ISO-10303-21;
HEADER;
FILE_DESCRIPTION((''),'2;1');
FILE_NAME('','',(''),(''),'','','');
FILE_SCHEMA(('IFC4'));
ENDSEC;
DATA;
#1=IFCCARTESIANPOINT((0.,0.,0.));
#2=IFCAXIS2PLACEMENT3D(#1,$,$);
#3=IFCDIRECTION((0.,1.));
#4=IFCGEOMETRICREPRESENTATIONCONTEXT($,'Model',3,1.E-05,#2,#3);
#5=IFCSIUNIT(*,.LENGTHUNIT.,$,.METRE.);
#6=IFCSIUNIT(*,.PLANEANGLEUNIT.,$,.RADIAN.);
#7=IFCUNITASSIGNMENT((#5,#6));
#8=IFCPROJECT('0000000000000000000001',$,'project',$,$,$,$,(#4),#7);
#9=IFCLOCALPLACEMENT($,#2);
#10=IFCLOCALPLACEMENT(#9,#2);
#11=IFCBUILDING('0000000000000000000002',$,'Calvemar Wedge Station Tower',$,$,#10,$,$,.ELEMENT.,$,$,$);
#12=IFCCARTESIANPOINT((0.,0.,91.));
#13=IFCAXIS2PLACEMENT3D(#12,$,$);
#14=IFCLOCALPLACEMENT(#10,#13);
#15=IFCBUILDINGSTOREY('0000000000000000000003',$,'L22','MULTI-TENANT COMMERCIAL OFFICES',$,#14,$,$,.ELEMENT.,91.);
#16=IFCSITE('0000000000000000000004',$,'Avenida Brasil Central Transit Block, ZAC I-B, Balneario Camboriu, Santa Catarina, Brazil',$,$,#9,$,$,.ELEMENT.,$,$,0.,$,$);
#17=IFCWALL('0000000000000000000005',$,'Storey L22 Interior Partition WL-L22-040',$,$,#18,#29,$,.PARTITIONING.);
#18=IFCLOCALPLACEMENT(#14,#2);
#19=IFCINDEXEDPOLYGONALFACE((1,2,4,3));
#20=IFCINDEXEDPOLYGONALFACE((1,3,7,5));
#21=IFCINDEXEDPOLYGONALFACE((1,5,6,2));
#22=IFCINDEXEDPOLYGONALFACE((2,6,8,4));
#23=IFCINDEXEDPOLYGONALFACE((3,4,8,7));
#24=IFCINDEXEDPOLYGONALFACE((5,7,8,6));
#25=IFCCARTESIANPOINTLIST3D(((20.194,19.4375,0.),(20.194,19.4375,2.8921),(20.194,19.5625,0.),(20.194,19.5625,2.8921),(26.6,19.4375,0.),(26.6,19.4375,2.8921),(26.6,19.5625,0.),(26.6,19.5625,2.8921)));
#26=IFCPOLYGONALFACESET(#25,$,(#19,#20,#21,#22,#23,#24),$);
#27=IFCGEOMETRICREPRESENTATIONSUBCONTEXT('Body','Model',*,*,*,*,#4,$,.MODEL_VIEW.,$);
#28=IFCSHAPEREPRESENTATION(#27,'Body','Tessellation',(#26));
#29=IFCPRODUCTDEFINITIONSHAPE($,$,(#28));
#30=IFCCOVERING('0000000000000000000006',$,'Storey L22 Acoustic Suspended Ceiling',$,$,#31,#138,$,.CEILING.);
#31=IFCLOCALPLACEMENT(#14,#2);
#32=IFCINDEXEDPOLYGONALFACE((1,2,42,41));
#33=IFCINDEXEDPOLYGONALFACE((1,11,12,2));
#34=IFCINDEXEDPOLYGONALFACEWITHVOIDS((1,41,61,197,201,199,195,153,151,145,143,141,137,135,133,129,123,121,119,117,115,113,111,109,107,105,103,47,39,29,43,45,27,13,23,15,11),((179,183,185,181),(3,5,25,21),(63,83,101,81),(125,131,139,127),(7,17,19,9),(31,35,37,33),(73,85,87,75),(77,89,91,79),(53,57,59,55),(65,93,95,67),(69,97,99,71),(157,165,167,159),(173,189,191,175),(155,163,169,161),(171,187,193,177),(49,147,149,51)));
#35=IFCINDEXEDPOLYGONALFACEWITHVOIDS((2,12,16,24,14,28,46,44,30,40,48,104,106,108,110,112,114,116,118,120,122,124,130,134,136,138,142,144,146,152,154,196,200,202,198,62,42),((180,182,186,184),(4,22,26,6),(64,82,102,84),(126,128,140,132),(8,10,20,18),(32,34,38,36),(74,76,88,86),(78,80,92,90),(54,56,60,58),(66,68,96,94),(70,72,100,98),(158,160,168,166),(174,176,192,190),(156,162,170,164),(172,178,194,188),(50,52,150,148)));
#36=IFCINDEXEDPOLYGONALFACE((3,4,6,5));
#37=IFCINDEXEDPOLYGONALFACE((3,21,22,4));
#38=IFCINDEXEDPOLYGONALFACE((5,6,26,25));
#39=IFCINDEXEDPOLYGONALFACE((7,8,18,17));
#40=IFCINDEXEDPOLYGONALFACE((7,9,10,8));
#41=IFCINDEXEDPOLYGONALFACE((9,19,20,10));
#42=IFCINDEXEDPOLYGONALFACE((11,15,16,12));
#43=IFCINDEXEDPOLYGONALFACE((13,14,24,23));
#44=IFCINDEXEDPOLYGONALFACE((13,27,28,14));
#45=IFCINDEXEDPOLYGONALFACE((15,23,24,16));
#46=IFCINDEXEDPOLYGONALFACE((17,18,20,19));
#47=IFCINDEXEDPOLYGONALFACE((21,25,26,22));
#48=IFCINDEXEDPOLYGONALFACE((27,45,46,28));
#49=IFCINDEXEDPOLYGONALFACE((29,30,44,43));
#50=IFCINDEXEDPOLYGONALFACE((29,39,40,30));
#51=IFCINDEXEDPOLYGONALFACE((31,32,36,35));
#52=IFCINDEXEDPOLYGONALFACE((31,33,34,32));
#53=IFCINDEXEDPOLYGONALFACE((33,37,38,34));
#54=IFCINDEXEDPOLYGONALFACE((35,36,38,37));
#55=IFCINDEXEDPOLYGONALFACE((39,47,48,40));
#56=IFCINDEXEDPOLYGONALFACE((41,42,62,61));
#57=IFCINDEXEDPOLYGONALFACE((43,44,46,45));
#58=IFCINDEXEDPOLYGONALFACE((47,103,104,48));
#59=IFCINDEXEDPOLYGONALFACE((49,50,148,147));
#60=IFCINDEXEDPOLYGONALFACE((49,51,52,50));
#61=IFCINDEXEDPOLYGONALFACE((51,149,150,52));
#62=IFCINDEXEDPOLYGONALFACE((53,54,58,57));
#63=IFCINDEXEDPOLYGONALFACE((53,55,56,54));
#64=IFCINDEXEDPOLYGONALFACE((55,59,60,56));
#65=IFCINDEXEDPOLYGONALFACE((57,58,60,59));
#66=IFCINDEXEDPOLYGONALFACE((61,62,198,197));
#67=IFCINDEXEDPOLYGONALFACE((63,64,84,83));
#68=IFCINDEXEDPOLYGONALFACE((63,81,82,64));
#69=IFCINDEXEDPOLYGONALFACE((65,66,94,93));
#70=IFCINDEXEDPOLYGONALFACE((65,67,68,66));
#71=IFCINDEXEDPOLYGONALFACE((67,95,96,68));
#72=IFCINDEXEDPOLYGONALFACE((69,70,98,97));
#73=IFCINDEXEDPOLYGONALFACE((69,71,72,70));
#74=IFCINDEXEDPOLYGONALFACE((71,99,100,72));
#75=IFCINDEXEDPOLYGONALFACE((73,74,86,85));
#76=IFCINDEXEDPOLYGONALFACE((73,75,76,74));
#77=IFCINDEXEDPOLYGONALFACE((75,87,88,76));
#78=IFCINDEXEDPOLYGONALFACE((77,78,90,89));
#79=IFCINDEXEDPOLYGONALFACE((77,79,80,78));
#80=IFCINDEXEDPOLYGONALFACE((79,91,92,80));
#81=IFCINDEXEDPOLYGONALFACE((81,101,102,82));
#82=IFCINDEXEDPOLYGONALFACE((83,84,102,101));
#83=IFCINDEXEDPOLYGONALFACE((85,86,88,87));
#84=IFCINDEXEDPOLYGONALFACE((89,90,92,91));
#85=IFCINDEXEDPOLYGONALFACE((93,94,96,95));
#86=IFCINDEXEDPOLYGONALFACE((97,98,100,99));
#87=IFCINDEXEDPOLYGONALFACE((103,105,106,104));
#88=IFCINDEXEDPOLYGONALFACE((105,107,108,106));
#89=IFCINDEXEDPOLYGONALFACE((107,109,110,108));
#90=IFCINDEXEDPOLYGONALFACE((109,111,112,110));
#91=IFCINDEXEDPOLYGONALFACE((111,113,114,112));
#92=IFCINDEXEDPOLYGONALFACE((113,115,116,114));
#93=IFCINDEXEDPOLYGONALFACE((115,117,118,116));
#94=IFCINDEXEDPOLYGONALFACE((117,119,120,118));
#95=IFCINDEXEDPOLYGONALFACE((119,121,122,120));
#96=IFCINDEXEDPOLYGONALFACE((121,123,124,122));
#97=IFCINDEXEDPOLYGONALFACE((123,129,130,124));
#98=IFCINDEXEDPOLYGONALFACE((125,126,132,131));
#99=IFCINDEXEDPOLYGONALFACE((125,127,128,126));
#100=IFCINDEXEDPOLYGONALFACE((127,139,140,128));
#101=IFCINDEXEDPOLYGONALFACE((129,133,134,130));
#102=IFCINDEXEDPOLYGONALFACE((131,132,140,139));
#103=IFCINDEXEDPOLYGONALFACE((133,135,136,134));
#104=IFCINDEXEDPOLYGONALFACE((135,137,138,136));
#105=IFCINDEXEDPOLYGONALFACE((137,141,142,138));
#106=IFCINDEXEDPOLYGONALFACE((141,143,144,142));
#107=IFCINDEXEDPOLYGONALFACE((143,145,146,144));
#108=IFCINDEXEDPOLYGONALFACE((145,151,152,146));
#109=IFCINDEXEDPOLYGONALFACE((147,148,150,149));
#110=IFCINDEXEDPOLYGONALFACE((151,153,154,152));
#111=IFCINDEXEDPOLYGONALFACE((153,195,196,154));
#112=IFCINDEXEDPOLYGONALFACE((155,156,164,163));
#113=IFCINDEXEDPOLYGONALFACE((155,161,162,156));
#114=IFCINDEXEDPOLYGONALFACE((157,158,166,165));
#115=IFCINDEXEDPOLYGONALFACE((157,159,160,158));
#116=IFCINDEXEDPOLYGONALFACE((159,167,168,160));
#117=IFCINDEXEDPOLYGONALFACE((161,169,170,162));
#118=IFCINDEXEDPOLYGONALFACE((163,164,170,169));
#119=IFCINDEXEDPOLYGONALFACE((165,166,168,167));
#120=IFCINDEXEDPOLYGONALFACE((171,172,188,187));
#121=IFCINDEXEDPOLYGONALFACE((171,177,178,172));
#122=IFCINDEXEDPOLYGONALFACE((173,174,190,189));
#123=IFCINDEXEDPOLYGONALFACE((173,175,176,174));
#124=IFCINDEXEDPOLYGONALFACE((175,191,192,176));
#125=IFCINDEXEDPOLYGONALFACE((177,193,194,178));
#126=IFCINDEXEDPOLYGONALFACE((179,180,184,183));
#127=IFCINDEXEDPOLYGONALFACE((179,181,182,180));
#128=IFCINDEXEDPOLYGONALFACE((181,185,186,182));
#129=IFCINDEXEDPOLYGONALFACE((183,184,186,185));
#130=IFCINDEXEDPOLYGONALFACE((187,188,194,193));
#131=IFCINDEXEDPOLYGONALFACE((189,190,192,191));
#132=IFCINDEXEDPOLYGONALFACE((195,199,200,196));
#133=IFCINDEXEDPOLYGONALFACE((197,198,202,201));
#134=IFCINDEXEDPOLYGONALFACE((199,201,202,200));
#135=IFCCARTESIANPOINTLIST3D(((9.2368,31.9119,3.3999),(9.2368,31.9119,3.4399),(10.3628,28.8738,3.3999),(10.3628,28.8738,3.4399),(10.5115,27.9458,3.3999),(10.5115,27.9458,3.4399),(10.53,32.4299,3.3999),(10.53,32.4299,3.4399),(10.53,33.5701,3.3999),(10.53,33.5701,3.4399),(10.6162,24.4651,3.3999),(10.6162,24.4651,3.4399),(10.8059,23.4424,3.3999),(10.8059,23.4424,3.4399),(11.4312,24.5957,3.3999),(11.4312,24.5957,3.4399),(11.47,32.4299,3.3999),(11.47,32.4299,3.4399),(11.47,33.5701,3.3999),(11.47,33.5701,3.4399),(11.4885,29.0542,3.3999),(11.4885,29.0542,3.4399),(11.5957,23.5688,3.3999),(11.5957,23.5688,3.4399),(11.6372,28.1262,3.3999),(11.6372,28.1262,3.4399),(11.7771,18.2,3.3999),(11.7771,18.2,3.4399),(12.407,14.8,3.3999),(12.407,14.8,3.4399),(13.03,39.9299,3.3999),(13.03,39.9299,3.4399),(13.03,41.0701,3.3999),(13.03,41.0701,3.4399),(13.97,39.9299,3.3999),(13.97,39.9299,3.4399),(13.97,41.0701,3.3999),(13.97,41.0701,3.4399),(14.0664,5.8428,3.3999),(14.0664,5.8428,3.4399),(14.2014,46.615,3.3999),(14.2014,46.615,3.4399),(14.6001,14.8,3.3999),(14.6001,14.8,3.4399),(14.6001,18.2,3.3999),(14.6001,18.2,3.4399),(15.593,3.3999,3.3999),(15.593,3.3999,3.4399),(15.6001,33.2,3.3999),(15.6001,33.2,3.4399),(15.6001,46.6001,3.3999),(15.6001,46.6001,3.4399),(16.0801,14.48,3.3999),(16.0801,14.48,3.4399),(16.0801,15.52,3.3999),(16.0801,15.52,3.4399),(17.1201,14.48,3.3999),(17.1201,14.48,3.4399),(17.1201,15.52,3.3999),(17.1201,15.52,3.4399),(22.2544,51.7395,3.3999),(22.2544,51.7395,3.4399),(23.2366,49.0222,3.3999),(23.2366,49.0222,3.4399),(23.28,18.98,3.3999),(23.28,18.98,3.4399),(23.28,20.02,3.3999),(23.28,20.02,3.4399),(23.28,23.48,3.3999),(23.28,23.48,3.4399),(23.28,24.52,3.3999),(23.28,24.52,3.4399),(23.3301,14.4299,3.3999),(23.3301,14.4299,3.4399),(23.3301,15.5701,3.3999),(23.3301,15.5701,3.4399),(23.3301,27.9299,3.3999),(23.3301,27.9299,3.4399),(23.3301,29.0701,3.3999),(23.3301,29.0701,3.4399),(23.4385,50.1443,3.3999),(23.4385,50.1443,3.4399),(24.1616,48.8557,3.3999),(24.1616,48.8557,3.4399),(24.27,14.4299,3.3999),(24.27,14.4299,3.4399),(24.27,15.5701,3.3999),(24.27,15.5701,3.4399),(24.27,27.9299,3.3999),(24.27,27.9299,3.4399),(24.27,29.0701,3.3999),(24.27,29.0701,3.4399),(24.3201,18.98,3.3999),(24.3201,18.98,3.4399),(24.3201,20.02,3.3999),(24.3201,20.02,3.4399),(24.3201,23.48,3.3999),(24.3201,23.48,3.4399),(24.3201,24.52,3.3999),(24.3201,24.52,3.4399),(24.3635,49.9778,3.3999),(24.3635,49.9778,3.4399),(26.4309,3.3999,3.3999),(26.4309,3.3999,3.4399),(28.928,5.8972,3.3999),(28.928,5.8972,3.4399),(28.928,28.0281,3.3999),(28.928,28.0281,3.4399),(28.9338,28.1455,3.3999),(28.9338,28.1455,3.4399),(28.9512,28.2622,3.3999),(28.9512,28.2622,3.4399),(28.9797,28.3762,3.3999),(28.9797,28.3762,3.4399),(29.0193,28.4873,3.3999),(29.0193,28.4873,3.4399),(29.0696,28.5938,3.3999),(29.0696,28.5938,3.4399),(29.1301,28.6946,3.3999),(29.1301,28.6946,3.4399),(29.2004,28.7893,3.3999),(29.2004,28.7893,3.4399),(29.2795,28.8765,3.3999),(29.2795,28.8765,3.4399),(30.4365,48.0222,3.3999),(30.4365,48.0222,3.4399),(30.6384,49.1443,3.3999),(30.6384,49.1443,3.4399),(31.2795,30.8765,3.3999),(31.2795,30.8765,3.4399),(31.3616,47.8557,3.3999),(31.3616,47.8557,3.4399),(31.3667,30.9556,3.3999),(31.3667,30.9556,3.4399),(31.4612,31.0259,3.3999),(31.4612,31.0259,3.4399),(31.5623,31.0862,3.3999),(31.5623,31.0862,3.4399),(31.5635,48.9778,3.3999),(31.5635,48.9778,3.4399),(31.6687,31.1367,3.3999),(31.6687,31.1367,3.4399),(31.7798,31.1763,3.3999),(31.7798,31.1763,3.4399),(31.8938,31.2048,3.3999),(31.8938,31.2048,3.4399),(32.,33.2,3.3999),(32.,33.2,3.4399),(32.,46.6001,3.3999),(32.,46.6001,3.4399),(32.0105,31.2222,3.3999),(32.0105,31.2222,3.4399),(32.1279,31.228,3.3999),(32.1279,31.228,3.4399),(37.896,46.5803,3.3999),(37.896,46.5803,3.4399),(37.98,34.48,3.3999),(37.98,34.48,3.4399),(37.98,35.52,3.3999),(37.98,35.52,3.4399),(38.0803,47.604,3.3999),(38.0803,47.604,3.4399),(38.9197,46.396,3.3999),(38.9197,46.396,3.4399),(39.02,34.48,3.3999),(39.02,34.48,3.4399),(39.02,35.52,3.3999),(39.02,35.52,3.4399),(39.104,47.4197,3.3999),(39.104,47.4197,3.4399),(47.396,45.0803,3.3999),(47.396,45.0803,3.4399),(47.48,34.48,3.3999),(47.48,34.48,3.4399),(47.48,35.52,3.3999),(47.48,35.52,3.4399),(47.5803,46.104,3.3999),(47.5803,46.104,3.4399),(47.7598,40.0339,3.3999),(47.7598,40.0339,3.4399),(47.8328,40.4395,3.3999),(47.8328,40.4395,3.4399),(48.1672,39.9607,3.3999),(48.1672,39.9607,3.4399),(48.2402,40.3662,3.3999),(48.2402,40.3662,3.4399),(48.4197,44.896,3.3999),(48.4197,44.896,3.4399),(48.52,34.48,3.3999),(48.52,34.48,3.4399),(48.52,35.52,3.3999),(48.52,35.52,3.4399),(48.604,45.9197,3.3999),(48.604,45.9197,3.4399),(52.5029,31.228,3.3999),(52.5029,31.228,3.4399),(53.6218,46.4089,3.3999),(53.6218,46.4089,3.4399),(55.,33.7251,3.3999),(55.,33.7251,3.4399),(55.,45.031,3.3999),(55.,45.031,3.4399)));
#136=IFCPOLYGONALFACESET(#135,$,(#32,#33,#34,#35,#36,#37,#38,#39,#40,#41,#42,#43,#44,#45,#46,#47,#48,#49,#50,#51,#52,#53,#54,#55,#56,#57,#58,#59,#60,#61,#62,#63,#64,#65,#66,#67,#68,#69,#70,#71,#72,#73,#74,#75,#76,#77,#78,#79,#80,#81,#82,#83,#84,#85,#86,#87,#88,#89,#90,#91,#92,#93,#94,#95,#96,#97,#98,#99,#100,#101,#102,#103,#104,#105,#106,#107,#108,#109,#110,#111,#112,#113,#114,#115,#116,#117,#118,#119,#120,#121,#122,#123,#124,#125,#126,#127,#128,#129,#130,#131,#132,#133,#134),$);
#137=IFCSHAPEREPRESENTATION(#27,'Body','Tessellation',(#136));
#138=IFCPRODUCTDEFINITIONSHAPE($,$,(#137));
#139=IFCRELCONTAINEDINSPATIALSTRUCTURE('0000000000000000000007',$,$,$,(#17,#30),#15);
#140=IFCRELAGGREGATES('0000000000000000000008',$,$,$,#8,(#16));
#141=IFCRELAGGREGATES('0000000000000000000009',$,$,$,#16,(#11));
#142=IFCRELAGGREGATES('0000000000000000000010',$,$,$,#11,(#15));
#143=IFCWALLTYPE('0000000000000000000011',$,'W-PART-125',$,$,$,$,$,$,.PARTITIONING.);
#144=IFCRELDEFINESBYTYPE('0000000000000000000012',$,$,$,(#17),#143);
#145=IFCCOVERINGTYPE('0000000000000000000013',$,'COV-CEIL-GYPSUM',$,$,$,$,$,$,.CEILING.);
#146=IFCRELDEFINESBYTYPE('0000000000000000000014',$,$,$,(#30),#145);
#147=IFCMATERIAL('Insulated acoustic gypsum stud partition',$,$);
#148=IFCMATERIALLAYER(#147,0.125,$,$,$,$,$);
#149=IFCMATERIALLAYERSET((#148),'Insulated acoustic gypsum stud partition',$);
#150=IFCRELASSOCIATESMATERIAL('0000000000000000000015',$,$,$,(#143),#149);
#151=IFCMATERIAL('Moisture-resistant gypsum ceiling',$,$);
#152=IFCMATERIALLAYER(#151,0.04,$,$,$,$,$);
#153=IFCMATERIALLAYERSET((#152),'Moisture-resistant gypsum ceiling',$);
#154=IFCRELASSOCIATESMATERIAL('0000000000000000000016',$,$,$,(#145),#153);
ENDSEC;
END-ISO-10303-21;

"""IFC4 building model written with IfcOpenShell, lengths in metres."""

from ifc_helpers import new_model, si_unit, direction, frame, frame_2d, origin, place, context, subcontext, project, spatial, polyline, rectangle, outline, extrude, material, layer, layer_set, type_object, element, save


model = new_model("IFC4")

# Units and contexts
model_context = context("Model", 3, precision=1e-05, world=origin(), true_north=direction((0.0, 1.0)))
body_context = subcontext(model_context, "Body", "Model", "MODEL_VIEW")
ifc_project = project(units=[si_unit("LENGTHUNIT", "METRE"), si_unit("PLANEANGLEUNIT", "RADIAN")], contexts=[model_context])

# Site, building, storey
site_placement = place(None, origin())
site = spatial("IfcSite", under=ifc_project, at=site_placement, Name="Avenida Brasil Central Transit Block, ZAC I-B, Balneario Camboriu, Santa Catarina, Brazil", CompositionType="ELEMENT", RefElevation=0.0)
building_placement = place(site_placement, origin())
building = spatial("IfcBuilding", under=site, at=building_placement, Name="Calvemar Wedge Station Tower", CompositionType="ELEMENT")
storey_placement = place(building_placement, frame((0.0, 0.0, 91.0)))
storey = spatial("IfcBuildingStorey", under=building, at=storey_placement, Name="L22", Description="MULTI-TENANT COMMERCIAL OFFICES", CompositionType="ELEMENT", Elevation=91.0)

# Wall
ifc_material_1 = material(Name="Insulated acoustic gypsum stud partition")
ifc_layer_1 = layer(ifc_material_1, 0.125)
ifc_layer_set_1 = layer_set([ifc_layer_1], Name="Insulated acoustic gypsum stud partition")
wall_type_1 = type_object("IfcWallType", Name="W-PART-125", PredefinedType="PARTITIONING", material=ifc_layer_set_1)
wall_1_placement = place(storey_placement, frame((26.6001, 19.5, 0.0), z_axis=(0.0, 0.0, 1.0), x_axis=(-1.0, 0.0, 0.0)))
element("IfcWall", 1, at=wall_1_placement, inside=storey, type_object=wall_type_1, Name="Storey L22 Interior Partition WL-L22-040", PredefinedType="PARTITIONING", context=body_context, shape_type="SweptSolid", body=[
    extrude(rectangle(XDim=6.406, YDim=0.125, at=frame_2d((3.2031, 0.0))), origin(), (0.0, 0.0, 1.0), 2.8921),
])

# Covering
ifc_material_2 = material(Name="Moisture-resistant gypsum ceiling")
ifc_layer_2 = layer(ifc_material_2, 0.04)
ifc_layer_set_2 = layer_set([ifc_layer_2], Name="Moisture-resistant gypsum ceiling")
covering_type_1 = type_object("IfcCoveringType", Name="COV-CEIL-GYPSUM", PredefinedType="CEILING", material=ifc_layer_set_2)
covering_1_placement = place(storey_placement, frame((0.0, 0.0, 3.3999)))
element("IfcCovering", 2, at=covering_1_placement, inside=storey, type_object=covering_type_1, Name="Storey L22 Acoustic Suspended Ceiling", PredefinedType="CEILING", context=body_context, shape_type="SweptSolid", body=[
    extrude(outline(polyline([(29.2795, 28.8765), (31.2795, 30.8765), (31.3667, 30.9556), (31.4612, 31.0259), (31.5623, 31.0862), (31.6687, 31.1367), (31.7798, 31.1763), (31.8938, 31.2048), (32.0105, 31.2222), (32.1279, 31.228), (52.5029, 31.228), (55.0, 33.7251), (55.0, 45.031), (53.6218, 46.4089), (22.2544, 51.7395), (14.2014, 46.615), (9.2368, 31.9119), (10.6162, 24.4651), (11.4312, 24.5957), (11.5957, 23.5688), (10.8059, 23.4424), (11.7771, 18.2), (14.6001, 18.2), (14.6001, 14.8), (12.407, 14.8), (14.0664, 5.8428), (15.593, 3.3999), (26.4309, 3.3999), (28.928, 5.8972), (28.928, 28.0281), (28.9338, 28.1455), (28.9512, 28.2622), (28.9797, 28.3762), (29.0193, 28.4873), (29.0696, 28.5938), (29.1301, 28.6946), (29.2004, 28.7893), (29.2795, 28.8765)]), holes=[polyline([(15.6001, 46.6001), (32.0, 46.6001), (32.0, 33.2), (15.6001, 33.2), (15.6001, 46.6001)]), polyline([(10.53, 32.4299), (10.53, 33.5701), (11.47, 33.5701), (11.47, 32.4299), (10.53, 32.4299)]), polyline([(13.03, 41.0701), (13.97, 41.0701), (13.97, 39.9299), (13.03, 39.9299), (13.03, 41.0701)]), polyline([(24.3635, 49.9778), (24.1616, 48.8557), (23.2366, 49.0222), (23.4385, 50.1443), (24.3635, 49.9778)]), polyline([(31.3616, 47.8557), (30.4365, 48.0222), (30.6384, 49.1443), (31.5635, 48.9778), (31.3616, 47.8557)]), polyline([(37.896, 46.5803), (38.0803, 47.604), (39.104, 47.4197), (38.9197, 46.396), (37.896, 46.5803)]), polyline([(47.5803, 46.104), (48.604, 45.9197), (48.4197, 44.896), (47.396, 45.0803), (47.5803, 46.104)]), polyline([(39.02, 35.52), (39.02, 34.48), (37.98, 34.48), (37.98, 35.52), (39.02, 35.52)]), polyline([(48.52, 34.48), (47.48, 34.48), (47.48, 35.52), (48.52, 35.52), (48.52, 34.48)]), polyline([(47.7598, 40.0339), (47.8328, 40.4395), (48.2402, 40.3662), (48.1672, 39.9607), (47.7598, 40.0339)]), polyline([(11.4885, 29.0542), (11.6372, 28.1262), (10.5115, 27.9458), (10.3628, 28.8738), (11.4885, 29.0542)]), polyline([(24.27, 27.9299), (23.3301, 27.9299), (23.3301, 29.0701), (24.27, 29.0701), (24.27, 27.9299)]), polyline([(23.28, 23.48), (23.28, 24.52), (24.3201, 24.52), (24.3201, 23.48), (23.28, 23.48)]), polyline([(23.28, 20.02), (24.3201, 20.02), (24.3201, 18.98), (23.28, 18.98), (23.28, 20.02)]), polyline([(24.27, 15.5701), (24.27, 14.4299), (23.3301, 14.4299), (23.3301, 15.5701), (24.27, 15.5701)]), polyline([(17.1201, 14.48), (16.0801, 14.48), (16.0801, 15.52), (17.1201, 15.52), (17.1201, 14.48)])]), origin(), (0.0, 0.0, 1.0), 0.04),
])

save(model, "model.ifc")
